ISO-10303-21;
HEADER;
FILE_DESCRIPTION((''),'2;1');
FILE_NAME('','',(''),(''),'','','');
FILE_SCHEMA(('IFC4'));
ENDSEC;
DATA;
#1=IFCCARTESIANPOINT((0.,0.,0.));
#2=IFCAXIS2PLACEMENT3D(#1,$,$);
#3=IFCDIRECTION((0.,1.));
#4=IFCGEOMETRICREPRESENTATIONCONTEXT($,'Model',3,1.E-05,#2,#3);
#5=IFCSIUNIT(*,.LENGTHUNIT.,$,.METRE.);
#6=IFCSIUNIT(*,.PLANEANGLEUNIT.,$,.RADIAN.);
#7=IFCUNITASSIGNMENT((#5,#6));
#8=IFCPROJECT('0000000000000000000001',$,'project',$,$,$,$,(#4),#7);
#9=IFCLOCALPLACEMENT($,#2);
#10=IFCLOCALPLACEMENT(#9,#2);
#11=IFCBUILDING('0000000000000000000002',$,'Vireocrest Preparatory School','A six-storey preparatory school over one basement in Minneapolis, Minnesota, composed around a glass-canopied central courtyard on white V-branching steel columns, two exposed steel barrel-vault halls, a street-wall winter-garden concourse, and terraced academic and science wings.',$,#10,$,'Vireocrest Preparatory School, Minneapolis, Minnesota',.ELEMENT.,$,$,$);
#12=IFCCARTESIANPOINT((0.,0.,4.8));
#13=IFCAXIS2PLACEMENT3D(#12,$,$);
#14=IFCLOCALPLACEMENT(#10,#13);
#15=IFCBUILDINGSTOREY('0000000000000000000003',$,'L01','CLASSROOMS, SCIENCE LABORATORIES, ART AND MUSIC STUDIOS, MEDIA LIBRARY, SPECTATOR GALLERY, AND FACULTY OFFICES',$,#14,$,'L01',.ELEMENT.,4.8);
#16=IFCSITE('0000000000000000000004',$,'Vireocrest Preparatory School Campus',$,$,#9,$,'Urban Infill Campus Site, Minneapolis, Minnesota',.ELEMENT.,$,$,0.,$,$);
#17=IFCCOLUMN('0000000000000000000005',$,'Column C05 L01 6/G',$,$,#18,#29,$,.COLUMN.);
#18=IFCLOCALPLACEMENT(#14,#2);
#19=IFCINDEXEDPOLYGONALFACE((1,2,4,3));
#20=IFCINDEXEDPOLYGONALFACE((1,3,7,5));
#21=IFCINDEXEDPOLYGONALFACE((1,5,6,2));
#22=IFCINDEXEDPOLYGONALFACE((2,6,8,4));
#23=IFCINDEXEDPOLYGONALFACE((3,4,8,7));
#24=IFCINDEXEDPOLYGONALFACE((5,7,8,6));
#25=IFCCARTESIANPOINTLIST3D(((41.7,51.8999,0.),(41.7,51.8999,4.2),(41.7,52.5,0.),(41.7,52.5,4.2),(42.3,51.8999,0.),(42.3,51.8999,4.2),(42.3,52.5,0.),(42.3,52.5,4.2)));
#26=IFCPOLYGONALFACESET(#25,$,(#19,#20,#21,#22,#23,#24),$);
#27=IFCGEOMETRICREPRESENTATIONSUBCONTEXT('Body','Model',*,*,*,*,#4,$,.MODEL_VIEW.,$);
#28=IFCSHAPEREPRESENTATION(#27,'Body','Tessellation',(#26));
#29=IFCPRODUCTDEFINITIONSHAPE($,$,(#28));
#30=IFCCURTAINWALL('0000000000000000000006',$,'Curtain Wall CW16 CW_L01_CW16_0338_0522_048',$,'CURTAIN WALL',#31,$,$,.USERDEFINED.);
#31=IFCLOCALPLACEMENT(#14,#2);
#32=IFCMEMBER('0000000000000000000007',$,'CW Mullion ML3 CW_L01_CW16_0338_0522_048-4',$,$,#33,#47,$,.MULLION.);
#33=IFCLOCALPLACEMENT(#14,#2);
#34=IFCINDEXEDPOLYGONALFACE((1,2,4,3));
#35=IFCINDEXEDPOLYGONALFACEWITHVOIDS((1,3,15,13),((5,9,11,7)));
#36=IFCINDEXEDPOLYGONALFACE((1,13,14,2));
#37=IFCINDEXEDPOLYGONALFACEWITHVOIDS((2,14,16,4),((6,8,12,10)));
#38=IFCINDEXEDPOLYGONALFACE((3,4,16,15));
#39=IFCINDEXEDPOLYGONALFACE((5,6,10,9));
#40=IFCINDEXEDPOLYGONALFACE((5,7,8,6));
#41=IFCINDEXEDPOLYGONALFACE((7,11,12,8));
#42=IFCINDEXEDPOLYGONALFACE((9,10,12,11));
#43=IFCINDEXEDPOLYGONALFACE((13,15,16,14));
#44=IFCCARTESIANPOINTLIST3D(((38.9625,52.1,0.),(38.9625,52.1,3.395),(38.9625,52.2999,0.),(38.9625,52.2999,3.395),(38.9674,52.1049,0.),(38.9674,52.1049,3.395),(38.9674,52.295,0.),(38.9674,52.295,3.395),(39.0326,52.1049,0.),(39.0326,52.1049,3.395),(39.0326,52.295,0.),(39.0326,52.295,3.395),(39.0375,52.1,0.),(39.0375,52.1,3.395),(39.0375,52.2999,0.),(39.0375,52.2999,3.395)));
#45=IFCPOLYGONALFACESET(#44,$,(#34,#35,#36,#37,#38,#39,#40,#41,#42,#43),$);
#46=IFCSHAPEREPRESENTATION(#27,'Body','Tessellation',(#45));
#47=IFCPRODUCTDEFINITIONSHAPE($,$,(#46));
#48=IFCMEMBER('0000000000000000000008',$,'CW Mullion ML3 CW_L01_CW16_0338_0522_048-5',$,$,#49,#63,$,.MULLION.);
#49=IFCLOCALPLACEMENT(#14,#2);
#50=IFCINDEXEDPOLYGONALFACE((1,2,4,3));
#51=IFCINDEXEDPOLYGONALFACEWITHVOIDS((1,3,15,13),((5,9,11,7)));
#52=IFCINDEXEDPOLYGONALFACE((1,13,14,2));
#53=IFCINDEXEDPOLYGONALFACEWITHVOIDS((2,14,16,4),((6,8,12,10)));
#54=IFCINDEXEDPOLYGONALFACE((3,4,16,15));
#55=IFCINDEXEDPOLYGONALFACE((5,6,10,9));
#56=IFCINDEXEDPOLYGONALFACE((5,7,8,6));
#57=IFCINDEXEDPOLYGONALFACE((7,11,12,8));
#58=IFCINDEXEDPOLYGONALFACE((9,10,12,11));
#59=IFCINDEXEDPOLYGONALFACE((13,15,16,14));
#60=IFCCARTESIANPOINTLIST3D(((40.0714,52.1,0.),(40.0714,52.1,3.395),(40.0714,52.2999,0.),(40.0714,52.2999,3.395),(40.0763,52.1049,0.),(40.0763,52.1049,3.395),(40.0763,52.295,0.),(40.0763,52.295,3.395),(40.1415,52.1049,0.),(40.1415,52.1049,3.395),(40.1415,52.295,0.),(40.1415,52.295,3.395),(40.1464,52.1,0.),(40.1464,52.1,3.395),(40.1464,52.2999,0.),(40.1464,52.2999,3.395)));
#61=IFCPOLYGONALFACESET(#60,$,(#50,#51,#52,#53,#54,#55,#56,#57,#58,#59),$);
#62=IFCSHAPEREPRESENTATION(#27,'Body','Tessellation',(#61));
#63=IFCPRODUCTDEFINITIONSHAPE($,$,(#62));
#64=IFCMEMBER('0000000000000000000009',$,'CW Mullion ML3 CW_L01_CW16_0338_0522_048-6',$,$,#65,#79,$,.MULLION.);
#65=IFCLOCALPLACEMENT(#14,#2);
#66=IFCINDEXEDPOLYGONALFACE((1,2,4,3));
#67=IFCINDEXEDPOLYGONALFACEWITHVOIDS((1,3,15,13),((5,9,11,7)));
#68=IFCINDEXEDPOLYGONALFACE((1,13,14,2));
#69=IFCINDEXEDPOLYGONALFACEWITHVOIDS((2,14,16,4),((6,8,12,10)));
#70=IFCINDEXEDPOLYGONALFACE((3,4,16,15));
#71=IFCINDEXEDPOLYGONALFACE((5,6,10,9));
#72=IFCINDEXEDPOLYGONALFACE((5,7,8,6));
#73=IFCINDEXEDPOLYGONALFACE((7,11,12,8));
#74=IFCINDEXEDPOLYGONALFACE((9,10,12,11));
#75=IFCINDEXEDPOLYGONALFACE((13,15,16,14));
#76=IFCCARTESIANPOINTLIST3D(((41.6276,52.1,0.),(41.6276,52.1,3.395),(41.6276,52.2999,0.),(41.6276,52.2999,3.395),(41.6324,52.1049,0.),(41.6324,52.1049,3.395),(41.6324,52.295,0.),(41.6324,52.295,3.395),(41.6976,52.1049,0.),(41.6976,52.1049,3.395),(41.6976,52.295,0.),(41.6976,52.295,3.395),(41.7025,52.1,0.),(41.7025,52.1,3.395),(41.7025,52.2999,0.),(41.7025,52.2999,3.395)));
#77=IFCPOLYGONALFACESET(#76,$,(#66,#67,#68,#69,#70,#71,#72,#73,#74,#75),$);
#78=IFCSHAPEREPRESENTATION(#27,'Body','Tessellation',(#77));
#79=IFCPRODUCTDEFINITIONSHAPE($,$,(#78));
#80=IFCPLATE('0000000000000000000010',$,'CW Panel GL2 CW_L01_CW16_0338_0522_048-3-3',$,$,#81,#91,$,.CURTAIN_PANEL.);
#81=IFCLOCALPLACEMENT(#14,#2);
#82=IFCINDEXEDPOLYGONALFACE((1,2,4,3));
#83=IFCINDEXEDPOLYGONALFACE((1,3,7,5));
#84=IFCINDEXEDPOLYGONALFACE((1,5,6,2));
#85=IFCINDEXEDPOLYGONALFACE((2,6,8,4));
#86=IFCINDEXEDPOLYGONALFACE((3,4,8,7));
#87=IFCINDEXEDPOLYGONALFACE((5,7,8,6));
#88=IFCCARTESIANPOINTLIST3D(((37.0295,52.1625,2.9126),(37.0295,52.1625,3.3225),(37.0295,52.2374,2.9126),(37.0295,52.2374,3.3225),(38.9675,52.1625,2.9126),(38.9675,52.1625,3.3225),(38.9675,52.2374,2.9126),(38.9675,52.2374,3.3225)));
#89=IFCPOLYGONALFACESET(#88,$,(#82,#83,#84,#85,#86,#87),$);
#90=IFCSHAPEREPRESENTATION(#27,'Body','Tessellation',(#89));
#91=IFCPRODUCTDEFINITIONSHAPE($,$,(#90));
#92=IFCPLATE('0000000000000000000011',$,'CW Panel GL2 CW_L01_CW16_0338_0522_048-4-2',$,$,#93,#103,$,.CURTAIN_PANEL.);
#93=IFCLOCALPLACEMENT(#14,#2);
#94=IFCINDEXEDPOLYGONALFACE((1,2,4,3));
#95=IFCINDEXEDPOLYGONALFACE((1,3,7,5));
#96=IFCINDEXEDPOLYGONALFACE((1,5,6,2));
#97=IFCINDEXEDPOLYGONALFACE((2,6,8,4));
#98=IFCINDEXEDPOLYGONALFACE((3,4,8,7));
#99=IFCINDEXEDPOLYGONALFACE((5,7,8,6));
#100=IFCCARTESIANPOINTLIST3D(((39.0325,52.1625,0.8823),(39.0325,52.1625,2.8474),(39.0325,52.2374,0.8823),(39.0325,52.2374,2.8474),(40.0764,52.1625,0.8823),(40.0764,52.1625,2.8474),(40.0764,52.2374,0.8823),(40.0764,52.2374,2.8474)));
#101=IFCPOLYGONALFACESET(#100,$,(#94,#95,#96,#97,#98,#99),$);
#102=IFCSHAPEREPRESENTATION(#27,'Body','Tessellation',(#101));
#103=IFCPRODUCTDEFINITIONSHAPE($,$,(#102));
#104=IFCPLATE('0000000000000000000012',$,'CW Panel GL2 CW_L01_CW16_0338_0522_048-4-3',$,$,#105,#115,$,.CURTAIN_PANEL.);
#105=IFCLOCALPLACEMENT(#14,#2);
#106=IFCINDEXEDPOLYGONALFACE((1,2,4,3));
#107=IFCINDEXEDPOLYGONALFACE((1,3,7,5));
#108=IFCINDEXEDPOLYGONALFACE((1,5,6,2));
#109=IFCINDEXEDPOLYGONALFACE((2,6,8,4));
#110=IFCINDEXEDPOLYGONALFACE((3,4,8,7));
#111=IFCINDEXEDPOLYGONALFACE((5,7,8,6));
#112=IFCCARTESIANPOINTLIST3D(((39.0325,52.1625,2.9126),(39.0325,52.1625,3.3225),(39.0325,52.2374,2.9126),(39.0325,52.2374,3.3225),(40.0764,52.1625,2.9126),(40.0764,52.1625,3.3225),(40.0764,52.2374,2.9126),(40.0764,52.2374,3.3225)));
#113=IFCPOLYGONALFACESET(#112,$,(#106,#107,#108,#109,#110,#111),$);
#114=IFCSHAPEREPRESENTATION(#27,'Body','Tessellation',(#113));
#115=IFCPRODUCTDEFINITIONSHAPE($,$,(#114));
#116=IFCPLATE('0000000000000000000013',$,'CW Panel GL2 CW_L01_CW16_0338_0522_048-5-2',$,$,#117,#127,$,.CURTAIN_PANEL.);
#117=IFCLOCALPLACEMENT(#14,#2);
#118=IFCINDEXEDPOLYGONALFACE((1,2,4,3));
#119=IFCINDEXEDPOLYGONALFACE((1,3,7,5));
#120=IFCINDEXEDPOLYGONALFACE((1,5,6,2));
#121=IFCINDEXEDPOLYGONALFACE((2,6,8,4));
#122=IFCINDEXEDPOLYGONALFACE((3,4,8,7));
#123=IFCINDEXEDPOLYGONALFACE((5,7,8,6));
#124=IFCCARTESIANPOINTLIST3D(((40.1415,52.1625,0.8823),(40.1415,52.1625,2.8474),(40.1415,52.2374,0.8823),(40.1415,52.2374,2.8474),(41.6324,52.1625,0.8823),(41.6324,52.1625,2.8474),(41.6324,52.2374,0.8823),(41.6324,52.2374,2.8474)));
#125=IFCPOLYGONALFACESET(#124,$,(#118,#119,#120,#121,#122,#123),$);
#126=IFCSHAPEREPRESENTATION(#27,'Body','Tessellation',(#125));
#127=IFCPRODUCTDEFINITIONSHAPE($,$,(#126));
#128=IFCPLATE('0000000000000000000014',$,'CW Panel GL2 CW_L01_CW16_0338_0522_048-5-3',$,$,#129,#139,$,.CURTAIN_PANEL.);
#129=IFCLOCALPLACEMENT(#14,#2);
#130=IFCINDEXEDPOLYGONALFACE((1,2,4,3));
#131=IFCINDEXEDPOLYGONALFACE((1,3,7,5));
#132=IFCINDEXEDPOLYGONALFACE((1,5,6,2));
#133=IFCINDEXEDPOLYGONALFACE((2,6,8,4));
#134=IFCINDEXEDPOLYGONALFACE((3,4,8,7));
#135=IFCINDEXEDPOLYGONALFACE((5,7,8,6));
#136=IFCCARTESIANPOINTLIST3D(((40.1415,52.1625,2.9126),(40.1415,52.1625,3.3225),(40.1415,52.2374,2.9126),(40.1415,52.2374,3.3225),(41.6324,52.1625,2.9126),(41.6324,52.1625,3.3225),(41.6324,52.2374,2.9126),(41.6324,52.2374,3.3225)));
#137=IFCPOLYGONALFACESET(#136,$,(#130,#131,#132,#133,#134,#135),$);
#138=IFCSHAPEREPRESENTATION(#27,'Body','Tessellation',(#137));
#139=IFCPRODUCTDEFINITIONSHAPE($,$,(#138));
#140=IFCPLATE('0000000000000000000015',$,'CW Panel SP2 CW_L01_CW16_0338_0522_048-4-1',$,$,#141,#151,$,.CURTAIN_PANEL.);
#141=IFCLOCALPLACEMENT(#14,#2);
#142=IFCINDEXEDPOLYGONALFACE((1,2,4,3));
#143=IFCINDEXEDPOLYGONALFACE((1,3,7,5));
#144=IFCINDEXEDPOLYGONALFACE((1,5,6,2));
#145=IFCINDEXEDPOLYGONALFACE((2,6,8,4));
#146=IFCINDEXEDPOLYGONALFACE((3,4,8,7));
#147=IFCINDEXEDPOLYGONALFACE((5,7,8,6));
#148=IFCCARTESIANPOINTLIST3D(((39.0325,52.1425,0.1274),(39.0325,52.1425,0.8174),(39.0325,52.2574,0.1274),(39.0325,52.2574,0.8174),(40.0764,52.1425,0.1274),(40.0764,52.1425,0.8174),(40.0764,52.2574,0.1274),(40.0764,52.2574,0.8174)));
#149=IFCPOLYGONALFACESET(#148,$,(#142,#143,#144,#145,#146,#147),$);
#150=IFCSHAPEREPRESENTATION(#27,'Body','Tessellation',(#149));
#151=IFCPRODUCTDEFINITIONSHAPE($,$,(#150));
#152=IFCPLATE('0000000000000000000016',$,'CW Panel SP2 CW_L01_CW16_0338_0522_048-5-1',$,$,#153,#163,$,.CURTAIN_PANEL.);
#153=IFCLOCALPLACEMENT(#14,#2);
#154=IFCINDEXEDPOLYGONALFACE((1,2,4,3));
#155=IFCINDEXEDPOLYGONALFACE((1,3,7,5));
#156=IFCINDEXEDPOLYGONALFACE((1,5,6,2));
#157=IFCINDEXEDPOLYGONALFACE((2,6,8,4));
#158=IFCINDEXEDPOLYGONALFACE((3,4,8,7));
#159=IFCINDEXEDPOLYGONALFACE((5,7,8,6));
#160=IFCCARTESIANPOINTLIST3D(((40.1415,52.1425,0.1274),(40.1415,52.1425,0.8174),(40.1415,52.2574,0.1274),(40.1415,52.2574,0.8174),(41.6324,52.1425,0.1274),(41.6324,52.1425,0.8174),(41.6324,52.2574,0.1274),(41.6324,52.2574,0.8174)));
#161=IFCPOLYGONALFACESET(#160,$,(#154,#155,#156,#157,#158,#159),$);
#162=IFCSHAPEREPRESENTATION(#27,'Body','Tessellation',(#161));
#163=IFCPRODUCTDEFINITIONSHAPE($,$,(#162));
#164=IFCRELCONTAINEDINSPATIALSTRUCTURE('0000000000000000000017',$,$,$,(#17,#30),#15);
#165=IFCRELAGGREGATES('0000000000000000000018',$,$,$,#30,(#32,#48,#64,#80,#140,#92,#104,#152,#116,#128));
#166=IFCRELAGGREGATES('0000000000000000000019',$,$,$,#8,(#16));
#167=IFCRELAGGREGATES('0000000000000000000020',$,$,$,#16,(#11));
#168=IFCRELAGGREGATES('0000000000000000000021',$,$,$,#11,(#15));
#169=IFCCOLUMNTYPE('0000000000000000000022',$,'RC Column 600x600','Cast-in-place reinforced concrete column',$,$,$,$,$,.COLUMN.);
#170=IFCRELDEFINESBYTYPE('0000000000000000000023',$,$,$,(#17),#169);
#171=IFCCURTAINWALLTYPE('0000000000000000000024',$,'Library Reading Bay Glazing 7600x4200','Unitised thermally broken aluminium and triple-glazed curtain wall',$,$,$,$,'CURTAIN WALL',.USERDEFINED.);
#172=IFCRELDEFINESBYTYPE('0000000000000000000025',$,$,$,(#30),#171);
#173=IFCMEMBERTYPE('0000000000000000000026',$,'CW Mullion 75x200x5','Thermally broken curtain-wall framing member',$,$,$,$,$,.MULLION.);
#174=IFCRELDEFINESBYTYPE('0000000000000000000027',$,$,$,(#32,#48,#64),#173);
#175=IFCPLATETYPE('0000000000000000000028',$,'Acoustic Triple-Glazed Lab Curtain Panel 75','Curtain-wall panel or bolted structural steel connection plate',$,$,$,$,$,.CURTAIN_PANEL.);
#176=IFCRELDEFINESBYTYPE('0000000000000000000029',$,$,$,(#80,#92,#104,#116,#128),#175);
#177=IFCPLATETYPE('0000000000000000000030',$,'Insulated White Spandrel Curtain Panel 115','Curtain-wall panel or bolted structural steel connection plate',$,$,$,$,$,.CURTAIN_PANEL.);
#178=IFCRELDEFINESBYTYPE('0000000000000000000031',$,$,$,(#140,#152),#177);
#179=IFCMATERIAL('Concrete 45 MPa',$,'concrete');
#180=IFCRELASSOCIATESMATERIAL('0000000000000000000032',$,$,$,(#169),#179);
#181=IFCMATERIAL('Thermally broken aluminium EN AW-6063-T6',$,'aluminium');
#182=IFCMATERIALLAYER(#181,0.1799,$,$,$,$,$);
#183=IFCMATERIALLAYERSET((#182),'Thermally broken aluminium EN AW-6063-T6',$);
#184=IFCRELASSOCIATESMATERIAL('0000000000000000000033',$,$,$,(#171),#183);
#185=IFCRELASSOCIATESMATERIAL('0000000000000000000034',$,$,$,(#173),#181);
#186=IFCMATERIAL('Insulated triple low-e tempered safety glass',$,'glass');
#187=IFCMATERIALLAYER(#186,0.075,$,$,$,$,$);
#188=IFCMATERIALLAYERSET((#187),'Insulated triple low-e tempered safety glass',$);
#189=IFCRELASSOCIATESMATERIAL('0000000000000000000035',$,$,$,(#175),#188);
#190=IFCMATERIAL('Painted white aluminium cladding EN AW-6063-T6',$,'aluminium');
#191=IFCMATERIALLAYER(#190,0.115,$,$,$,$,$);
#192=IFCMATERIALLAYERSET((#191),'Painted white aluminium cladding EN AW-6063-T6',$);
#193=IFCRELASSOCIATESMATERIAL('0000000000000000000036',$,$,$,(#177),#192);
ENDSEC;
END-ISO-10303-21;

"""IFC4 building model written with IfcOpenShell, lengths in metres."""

from ifc_helpers import new_model, si_unit, direction, frame, origin, origin_2d, place, context, subcontext, project, spatial, rectangle, hollow_rectangle, extrude, material, layer, layer_set, material_profile, profile_set, type_object, element, aggregate, save


model = new_model("IFC4")

# Units and contexts
model_context = context("Model", 3, precision=1e-05, world=origin(), true_north=direction((0.0, 1.0)))
body_context = subcontext(model_context, "Body", "Model", "MODEL_VIEW")
ifc_project = project(units=[si_unit("LENGTHUNIT", "METRE"), si_unit("PLANEANGLEUNIT", "RADIAN")], contexts=[model_context])

# Site, building, storey
site_placement = place(None, origin())
site = spatial("IfcSite", under=ifc_project, at=site_placement, Name="Vireocrest Preparatory School Campus", LongName="Urban Infill Campus Site, Minneapolis, Minnesota", CompositionType="ELEMENT", RefElevation=0.0)
building_placement = place(site_placement, origin())
building = spatial("IfcBuilding", under=site, at=building_placement, Name="Vireocrest Preparatory School", Description="A six-storey preparatory school over one basement in Minneapolis, Minnesota, composed around a glass-canopied central courtyard on white V-branching steel columns, two exposed steel barrel-vault halls, a street-wall winter-garden concourse, and terraced academic and science wings.", LongName="Vireocrest Preparatory School, Minneapolis, Minnesota", CompositionType="ELEMENT")
storey_placement = place(building_placement, frame((0.0, 0.0, 4.8)))
storey = spatial("IfcBuildingStorey", under=building, at=storey_placement, Name="L01", Description="CLASSROOMS, SCIENCE LABORATORIES, ART AND MUSIC STUDIOS, MEDIA LIBRARY, SPECTATOR GALLERY, AND FACULTY OFFICES", LongName="L01", CompositionType="ELEMENT", Elevation=4.8)

# Column
ifc_material_1 = material(Name="Concrete 45 MPa", Category="concrete")
ifc_material_profile_1 = material_profile(ifc_material_1, rectangle(XDim=0.6001, YDim=0.6001, at=origin_2d()), Name="RC 600x600")
ifc_profile_set_1 = profile_set([ifc_material_profile_1], Name="Concrete 45 MPa")
column_type = type_object("IfcColumnType", Name="RC Column 600x600", Description="Cast-in-place reinforced concrete column", PredefinedType="COLUMN", material=ifc_profile_set_1)
column_placement = place(storey_placement, frame((42.0, 52.2, 0.0), z_axis=(0.0, 0.0, 1.0), x_axis=(1.0, 0.0, 0.0)))
element("IfcColumn", 1, at=column_placement, inside=storey, type_object=column_type, Name="Column C05 L01 6/G", PredefinedType="COLUMN", context=body_context, shape_type="SweptSolid", body=[
    extrude(rectangle(XDim=0.6001, YDim=0.6001, at=origin_2d()), origin(), (0.0, 0.0, 1.0), 4.2),
])

# Curtain wall, members, plates
ifc_material_2 = material(Name="Thermally broken aluminium EN AW-6063-T6", Category="aluminium")
ifc_layer_1 = layer(ifc_material_2, 0.1799)
ifc_layer_set_1 = layer_set([ifc_layer_1], Name="Thermally broken aluminium EN AW-6063-T6")
curtain_wall_type = type_object("IfcCurtainWallType", Name="Library Reading Bay Glazing 7600x4200", Description="Unitised thermally broken aluminium and triple-glazed curtain wall", ElementType="CURTAIN WALL", PredefinedType="USERDEFINED", material=ifc_layer_set_1)
curtain_wall_placement = place(storey_placement, origin())
curtain_wall = element("IfcCurtainWall", 2, at=curtain_wall_placement, inside=storey, type_object=curtain_wall_type, Name="Curtain Wall CW16 CW_L01_CW16_0338_0522_048", ObjectType="CURTAIN WALL", PredefinedType="USERDEFINED")
ifc_material_profile_2 = material_profile(ifc_material_2, hollow_rectangle(XDim=0.075, YDim=0.2, WallThickness=0.0049, at=origin_2d()), Name="ALU 75x200x5")
ifc_profile_set_2 = profile_set([ifc_material_profile_2], Name="Thermally broken aluminium EN AW-6063-T6")
member_type = type_object("IfcMemberType", Name="CW Mullion 75x200x5", Description="Thermally broken curtain-wall framing member", PredefinedType="MULLION", material=ifc_profile_set_2)
member_1_placement = place(storey_placement, frame((39.0, 52.2, 0.0), z_axis=(0.0, 0.0, 1.0), x_axis=(1.0, 0.0, 0.0)))
member_1 = element("IfcMember", 3, at=member_1_placement, type_object=member_type, Name="CW Mullion ML3 CW_L01_CW16_0338_0522_048-4", PredefinedType="MULLION", context=body_context, shape_type="SweptSolid", body=[
    extrude(hollow_rectangle(XDim=0.075, YDim=0.2, WallThickness=0.0049, at=origin_2d()), origin(), (0.0, 0.0, 1.0), 3.395),
])
member_2_placement = place(storey_placement, frame((40.1089, 52.2, 0.0), z_axis=(0.0, 0.0, 1.0), x_axis=(1.0, 0.0, 0.0)))
member_2 = element("IfcMember", 4, at=member_2_placement, type_object=member_type, Name="CW Mullion ML3 CW_L01_CW16_0338_0522_048-5", PredefinedType="MULLION", context=body_context, shape_type="SweptSolid", body=[
    extrude(hollow_rectangle(XDim=0.075, YDim=0.2, WallThickness=0.0049, at=origin_2d()), origin(), (0.0, 0.0, 1.0), 3.395),
])
member_3_placement = place(storey_placement, frame((41.665, 52.2, 0.0), z_axis=(0.0, 0.0, 1.0), x_axis=(1.0, 0.0, 0.0)))
member_3 = element("IfcMember", 5, at=member_3_placement, type_object=member_type, Name="CW Mullion ML3 CW_L01_CW16_0338_0522_048-6", PredefinedType="MULLION", context=body_context, shape_type="SweptSolid", body=[
    extrude(hollow_rectangle(XDim=0.075, YDim=0.2, WallThickness=0.0049, at=origin_2d()), origin(), (0.0, 0.0, 1.0), 3.395),
])
ifc_material_3 = material(Name="Insulated triple low-e tempered safety glass", Category="glass")
ifc_layer_2 = layer(ifc_material_3, 0.075)
ifc_layer_set_2 = layer_set([ifc_layer_2], Name="Insulated triple low-e tempered safety glass")
plate_type_1 = type_object("IfcPlateType", Name="Acoustic Triple-Glazed Lab Curtain Panel 75", Description="Curtain-wall panel or bolted structural steel connection plate", PredefinedType="CURTAIN_PANEL", material=ifc_layer_set_2)
plate_1_placement = place(storey_placement, frame((37.9985, 52.2, 2.9126), z_axis=(0.0, 0.0, 1.0), x_axis=(1.0, 0.0, 0.0)))
plate_1 = element("IfcPlate", 6, at=plate_1_placement, type_object=plate_type_1, Name="CW Panel GL2 CW_L01_CW16_0338_0522_048-3-3", PredefinedType="CURTAIN_PANEL", context=body_context, shape_type="SweptSolid", body=[
    extrude(rectangle(XDim=1.938, YDim=0.075, at=origin_2d()), origin(), (0.0, 0.0, 1.0), 0.4099),
])
plate_2_placement = place(storey_placement, frame((39.5544, 52.2, 0.8823), z_axis=(0.0, 0.0, 1.0), x_axis=(1.0, 0.0, 0.0)))
plate_2 = element("IfcPlate", 7, at=plate_2_placement, type_object=plate_type_1, Name="CW Panel GL2 CW_L01_CW16_0338_0522_048-4-2", PredefinedType="CURTAIN_PANEL", context=body_context, shape_type="SweptSolid", body=[
    extrude(rectangle(XDim=1.0439, YDim=0.075, at=origin_2d()), origin(), (0.0, 0.0, 1.0), 1.9651),
])
plate_3_placement = place(storey_placement, frame((39.5544, 52.2, 2.9126), z_axis=(0.0, 0.0, 1.0), x_axis=(1.0, 0.0, 0.0)))
plate_3 = element("IfcPlate", 8, at=plate_3_placement, type_object=plate_type_1, Name="CW Panel GL2 CW_L01_CW16_0338_0522_048-4-3", PredefinedType="CURTAIN_PANEL", context=body_context, shape_type="SweptSolid", body=[
    extrude(rectangle(XDim=1.0439, YDim=0.075, at=origin_2d()), origin(), (0.0, 0.0, 1.0), 0.4099),
])
plate_4_placement = place(storey_placement, frame((40.887, 52.2, 0.8823), z_axis=(0.0, 0.0, 1.0), x_axis=(1.0, 0.0, 0.0)))
plate_4 = element("IfcPlate", 9, at=plate_4_placement, type_object=plate_type_1, Name="CW Panel GL2 CW_L01_CW16_0338_0522_048-5-2", PredefinedType="CURTAIN_PANEL", context=body_context, shape_type="SweptSolid", body=[
    extrude(rectangle(XDim=1.491, YDim=0.075, at=origin_2d()), origin(), (0.0, 0.0, 1.0), 1.9651),
])
plate_5_placement = place(storey_placement, frame((40.887, 52.2, 2.9126), z_axis=(0.0, 0.0, 1.0), x_axis=(1.0, 0.0, 0.0)))
plate_5 = element("IfcPlate", 10, at=plate_5_placement, type_object=plate_type_1, Name="CW Panel GL2 CW_L01_CW16_0338_0522_048-5-3", PredefinedType="CURTAIN_PANEL", context=body_context, shape_type="SweptSolid", body=[
    extrude(rectangle(XDim=1.491, YDim=0.075, at=origin_2d()), origin(), (0.0, 0.0, 1.0), 0.4099),
])
ifc_material_4 = material(Name="Painted white aluminium cladding EN AW-6063-T6", Category="aluminium")
ifc_layer_3 = layer(ifc_material_4, 0.115)
ifc_layer_set_3 = layer_set([ifc_layer_3], Name="Painted white aluminium cladding EN AW-6063-T6")
plate_type_2 = type_object("IfcPlateType", Name="Insulated White Spandrel Curtain Panel 115", Description="Curtain-wall panel or bolted structural steel connection plate", PredefinedType="CURTAIN_PANEL", material=ifc_layer_set_3)
plate_6_placement = place(storey_placement, frame((39.5544, 52.2, 0.1274), z_axis=(0.0, 0.0, 1.0), x_axis=(1.0, 0.0, 0.0)))
plate_6 = element("IfcPlate", 11, at=plate_6_placement, type_object=plate_type_2, Name="CW Panel SP2 CW_L01_CW16_0338_0522_048-4-1", PredefinedType="CURTAIN_PANEL", context=body_context, shape_type="SweptSolid", body=[
    extrude(rectangle(XDim=1.0439, YDim=0.115, at=origin_2d()), origin(), (0.0, 0.0, 1.0), 0.6899),
])
plate_7_placement = place(storey_placement, frame((40.887, 52.2, 0.1274), z_axis=(0.0, 0.0, 1.0), x_axis=(1.0, 0.0, 0.0)))
plate_7 = element("IfcPlate", 12, at=plate_7_placement, type_object=plate_type_2, Name="CW Panel SP2 CW_L01_CW16_0338_0522_048-5-1", PredefinedType="CURTAIN_PANEL", context=body_context, shape_type="SweptSolid", body=[
    extrude(rectangle(XDim=1.491, YDim=0.115, at=origin_2d()), origin(), (0.0, 0.0, 1.0), 0.6899),
])
aggregate(curtain_wall, [member_1, member_2, member_3, plate_1, plate_6, plate_2, plate_3, plate_7, plate_4, plate_5])

save(model, "model.ifc")
